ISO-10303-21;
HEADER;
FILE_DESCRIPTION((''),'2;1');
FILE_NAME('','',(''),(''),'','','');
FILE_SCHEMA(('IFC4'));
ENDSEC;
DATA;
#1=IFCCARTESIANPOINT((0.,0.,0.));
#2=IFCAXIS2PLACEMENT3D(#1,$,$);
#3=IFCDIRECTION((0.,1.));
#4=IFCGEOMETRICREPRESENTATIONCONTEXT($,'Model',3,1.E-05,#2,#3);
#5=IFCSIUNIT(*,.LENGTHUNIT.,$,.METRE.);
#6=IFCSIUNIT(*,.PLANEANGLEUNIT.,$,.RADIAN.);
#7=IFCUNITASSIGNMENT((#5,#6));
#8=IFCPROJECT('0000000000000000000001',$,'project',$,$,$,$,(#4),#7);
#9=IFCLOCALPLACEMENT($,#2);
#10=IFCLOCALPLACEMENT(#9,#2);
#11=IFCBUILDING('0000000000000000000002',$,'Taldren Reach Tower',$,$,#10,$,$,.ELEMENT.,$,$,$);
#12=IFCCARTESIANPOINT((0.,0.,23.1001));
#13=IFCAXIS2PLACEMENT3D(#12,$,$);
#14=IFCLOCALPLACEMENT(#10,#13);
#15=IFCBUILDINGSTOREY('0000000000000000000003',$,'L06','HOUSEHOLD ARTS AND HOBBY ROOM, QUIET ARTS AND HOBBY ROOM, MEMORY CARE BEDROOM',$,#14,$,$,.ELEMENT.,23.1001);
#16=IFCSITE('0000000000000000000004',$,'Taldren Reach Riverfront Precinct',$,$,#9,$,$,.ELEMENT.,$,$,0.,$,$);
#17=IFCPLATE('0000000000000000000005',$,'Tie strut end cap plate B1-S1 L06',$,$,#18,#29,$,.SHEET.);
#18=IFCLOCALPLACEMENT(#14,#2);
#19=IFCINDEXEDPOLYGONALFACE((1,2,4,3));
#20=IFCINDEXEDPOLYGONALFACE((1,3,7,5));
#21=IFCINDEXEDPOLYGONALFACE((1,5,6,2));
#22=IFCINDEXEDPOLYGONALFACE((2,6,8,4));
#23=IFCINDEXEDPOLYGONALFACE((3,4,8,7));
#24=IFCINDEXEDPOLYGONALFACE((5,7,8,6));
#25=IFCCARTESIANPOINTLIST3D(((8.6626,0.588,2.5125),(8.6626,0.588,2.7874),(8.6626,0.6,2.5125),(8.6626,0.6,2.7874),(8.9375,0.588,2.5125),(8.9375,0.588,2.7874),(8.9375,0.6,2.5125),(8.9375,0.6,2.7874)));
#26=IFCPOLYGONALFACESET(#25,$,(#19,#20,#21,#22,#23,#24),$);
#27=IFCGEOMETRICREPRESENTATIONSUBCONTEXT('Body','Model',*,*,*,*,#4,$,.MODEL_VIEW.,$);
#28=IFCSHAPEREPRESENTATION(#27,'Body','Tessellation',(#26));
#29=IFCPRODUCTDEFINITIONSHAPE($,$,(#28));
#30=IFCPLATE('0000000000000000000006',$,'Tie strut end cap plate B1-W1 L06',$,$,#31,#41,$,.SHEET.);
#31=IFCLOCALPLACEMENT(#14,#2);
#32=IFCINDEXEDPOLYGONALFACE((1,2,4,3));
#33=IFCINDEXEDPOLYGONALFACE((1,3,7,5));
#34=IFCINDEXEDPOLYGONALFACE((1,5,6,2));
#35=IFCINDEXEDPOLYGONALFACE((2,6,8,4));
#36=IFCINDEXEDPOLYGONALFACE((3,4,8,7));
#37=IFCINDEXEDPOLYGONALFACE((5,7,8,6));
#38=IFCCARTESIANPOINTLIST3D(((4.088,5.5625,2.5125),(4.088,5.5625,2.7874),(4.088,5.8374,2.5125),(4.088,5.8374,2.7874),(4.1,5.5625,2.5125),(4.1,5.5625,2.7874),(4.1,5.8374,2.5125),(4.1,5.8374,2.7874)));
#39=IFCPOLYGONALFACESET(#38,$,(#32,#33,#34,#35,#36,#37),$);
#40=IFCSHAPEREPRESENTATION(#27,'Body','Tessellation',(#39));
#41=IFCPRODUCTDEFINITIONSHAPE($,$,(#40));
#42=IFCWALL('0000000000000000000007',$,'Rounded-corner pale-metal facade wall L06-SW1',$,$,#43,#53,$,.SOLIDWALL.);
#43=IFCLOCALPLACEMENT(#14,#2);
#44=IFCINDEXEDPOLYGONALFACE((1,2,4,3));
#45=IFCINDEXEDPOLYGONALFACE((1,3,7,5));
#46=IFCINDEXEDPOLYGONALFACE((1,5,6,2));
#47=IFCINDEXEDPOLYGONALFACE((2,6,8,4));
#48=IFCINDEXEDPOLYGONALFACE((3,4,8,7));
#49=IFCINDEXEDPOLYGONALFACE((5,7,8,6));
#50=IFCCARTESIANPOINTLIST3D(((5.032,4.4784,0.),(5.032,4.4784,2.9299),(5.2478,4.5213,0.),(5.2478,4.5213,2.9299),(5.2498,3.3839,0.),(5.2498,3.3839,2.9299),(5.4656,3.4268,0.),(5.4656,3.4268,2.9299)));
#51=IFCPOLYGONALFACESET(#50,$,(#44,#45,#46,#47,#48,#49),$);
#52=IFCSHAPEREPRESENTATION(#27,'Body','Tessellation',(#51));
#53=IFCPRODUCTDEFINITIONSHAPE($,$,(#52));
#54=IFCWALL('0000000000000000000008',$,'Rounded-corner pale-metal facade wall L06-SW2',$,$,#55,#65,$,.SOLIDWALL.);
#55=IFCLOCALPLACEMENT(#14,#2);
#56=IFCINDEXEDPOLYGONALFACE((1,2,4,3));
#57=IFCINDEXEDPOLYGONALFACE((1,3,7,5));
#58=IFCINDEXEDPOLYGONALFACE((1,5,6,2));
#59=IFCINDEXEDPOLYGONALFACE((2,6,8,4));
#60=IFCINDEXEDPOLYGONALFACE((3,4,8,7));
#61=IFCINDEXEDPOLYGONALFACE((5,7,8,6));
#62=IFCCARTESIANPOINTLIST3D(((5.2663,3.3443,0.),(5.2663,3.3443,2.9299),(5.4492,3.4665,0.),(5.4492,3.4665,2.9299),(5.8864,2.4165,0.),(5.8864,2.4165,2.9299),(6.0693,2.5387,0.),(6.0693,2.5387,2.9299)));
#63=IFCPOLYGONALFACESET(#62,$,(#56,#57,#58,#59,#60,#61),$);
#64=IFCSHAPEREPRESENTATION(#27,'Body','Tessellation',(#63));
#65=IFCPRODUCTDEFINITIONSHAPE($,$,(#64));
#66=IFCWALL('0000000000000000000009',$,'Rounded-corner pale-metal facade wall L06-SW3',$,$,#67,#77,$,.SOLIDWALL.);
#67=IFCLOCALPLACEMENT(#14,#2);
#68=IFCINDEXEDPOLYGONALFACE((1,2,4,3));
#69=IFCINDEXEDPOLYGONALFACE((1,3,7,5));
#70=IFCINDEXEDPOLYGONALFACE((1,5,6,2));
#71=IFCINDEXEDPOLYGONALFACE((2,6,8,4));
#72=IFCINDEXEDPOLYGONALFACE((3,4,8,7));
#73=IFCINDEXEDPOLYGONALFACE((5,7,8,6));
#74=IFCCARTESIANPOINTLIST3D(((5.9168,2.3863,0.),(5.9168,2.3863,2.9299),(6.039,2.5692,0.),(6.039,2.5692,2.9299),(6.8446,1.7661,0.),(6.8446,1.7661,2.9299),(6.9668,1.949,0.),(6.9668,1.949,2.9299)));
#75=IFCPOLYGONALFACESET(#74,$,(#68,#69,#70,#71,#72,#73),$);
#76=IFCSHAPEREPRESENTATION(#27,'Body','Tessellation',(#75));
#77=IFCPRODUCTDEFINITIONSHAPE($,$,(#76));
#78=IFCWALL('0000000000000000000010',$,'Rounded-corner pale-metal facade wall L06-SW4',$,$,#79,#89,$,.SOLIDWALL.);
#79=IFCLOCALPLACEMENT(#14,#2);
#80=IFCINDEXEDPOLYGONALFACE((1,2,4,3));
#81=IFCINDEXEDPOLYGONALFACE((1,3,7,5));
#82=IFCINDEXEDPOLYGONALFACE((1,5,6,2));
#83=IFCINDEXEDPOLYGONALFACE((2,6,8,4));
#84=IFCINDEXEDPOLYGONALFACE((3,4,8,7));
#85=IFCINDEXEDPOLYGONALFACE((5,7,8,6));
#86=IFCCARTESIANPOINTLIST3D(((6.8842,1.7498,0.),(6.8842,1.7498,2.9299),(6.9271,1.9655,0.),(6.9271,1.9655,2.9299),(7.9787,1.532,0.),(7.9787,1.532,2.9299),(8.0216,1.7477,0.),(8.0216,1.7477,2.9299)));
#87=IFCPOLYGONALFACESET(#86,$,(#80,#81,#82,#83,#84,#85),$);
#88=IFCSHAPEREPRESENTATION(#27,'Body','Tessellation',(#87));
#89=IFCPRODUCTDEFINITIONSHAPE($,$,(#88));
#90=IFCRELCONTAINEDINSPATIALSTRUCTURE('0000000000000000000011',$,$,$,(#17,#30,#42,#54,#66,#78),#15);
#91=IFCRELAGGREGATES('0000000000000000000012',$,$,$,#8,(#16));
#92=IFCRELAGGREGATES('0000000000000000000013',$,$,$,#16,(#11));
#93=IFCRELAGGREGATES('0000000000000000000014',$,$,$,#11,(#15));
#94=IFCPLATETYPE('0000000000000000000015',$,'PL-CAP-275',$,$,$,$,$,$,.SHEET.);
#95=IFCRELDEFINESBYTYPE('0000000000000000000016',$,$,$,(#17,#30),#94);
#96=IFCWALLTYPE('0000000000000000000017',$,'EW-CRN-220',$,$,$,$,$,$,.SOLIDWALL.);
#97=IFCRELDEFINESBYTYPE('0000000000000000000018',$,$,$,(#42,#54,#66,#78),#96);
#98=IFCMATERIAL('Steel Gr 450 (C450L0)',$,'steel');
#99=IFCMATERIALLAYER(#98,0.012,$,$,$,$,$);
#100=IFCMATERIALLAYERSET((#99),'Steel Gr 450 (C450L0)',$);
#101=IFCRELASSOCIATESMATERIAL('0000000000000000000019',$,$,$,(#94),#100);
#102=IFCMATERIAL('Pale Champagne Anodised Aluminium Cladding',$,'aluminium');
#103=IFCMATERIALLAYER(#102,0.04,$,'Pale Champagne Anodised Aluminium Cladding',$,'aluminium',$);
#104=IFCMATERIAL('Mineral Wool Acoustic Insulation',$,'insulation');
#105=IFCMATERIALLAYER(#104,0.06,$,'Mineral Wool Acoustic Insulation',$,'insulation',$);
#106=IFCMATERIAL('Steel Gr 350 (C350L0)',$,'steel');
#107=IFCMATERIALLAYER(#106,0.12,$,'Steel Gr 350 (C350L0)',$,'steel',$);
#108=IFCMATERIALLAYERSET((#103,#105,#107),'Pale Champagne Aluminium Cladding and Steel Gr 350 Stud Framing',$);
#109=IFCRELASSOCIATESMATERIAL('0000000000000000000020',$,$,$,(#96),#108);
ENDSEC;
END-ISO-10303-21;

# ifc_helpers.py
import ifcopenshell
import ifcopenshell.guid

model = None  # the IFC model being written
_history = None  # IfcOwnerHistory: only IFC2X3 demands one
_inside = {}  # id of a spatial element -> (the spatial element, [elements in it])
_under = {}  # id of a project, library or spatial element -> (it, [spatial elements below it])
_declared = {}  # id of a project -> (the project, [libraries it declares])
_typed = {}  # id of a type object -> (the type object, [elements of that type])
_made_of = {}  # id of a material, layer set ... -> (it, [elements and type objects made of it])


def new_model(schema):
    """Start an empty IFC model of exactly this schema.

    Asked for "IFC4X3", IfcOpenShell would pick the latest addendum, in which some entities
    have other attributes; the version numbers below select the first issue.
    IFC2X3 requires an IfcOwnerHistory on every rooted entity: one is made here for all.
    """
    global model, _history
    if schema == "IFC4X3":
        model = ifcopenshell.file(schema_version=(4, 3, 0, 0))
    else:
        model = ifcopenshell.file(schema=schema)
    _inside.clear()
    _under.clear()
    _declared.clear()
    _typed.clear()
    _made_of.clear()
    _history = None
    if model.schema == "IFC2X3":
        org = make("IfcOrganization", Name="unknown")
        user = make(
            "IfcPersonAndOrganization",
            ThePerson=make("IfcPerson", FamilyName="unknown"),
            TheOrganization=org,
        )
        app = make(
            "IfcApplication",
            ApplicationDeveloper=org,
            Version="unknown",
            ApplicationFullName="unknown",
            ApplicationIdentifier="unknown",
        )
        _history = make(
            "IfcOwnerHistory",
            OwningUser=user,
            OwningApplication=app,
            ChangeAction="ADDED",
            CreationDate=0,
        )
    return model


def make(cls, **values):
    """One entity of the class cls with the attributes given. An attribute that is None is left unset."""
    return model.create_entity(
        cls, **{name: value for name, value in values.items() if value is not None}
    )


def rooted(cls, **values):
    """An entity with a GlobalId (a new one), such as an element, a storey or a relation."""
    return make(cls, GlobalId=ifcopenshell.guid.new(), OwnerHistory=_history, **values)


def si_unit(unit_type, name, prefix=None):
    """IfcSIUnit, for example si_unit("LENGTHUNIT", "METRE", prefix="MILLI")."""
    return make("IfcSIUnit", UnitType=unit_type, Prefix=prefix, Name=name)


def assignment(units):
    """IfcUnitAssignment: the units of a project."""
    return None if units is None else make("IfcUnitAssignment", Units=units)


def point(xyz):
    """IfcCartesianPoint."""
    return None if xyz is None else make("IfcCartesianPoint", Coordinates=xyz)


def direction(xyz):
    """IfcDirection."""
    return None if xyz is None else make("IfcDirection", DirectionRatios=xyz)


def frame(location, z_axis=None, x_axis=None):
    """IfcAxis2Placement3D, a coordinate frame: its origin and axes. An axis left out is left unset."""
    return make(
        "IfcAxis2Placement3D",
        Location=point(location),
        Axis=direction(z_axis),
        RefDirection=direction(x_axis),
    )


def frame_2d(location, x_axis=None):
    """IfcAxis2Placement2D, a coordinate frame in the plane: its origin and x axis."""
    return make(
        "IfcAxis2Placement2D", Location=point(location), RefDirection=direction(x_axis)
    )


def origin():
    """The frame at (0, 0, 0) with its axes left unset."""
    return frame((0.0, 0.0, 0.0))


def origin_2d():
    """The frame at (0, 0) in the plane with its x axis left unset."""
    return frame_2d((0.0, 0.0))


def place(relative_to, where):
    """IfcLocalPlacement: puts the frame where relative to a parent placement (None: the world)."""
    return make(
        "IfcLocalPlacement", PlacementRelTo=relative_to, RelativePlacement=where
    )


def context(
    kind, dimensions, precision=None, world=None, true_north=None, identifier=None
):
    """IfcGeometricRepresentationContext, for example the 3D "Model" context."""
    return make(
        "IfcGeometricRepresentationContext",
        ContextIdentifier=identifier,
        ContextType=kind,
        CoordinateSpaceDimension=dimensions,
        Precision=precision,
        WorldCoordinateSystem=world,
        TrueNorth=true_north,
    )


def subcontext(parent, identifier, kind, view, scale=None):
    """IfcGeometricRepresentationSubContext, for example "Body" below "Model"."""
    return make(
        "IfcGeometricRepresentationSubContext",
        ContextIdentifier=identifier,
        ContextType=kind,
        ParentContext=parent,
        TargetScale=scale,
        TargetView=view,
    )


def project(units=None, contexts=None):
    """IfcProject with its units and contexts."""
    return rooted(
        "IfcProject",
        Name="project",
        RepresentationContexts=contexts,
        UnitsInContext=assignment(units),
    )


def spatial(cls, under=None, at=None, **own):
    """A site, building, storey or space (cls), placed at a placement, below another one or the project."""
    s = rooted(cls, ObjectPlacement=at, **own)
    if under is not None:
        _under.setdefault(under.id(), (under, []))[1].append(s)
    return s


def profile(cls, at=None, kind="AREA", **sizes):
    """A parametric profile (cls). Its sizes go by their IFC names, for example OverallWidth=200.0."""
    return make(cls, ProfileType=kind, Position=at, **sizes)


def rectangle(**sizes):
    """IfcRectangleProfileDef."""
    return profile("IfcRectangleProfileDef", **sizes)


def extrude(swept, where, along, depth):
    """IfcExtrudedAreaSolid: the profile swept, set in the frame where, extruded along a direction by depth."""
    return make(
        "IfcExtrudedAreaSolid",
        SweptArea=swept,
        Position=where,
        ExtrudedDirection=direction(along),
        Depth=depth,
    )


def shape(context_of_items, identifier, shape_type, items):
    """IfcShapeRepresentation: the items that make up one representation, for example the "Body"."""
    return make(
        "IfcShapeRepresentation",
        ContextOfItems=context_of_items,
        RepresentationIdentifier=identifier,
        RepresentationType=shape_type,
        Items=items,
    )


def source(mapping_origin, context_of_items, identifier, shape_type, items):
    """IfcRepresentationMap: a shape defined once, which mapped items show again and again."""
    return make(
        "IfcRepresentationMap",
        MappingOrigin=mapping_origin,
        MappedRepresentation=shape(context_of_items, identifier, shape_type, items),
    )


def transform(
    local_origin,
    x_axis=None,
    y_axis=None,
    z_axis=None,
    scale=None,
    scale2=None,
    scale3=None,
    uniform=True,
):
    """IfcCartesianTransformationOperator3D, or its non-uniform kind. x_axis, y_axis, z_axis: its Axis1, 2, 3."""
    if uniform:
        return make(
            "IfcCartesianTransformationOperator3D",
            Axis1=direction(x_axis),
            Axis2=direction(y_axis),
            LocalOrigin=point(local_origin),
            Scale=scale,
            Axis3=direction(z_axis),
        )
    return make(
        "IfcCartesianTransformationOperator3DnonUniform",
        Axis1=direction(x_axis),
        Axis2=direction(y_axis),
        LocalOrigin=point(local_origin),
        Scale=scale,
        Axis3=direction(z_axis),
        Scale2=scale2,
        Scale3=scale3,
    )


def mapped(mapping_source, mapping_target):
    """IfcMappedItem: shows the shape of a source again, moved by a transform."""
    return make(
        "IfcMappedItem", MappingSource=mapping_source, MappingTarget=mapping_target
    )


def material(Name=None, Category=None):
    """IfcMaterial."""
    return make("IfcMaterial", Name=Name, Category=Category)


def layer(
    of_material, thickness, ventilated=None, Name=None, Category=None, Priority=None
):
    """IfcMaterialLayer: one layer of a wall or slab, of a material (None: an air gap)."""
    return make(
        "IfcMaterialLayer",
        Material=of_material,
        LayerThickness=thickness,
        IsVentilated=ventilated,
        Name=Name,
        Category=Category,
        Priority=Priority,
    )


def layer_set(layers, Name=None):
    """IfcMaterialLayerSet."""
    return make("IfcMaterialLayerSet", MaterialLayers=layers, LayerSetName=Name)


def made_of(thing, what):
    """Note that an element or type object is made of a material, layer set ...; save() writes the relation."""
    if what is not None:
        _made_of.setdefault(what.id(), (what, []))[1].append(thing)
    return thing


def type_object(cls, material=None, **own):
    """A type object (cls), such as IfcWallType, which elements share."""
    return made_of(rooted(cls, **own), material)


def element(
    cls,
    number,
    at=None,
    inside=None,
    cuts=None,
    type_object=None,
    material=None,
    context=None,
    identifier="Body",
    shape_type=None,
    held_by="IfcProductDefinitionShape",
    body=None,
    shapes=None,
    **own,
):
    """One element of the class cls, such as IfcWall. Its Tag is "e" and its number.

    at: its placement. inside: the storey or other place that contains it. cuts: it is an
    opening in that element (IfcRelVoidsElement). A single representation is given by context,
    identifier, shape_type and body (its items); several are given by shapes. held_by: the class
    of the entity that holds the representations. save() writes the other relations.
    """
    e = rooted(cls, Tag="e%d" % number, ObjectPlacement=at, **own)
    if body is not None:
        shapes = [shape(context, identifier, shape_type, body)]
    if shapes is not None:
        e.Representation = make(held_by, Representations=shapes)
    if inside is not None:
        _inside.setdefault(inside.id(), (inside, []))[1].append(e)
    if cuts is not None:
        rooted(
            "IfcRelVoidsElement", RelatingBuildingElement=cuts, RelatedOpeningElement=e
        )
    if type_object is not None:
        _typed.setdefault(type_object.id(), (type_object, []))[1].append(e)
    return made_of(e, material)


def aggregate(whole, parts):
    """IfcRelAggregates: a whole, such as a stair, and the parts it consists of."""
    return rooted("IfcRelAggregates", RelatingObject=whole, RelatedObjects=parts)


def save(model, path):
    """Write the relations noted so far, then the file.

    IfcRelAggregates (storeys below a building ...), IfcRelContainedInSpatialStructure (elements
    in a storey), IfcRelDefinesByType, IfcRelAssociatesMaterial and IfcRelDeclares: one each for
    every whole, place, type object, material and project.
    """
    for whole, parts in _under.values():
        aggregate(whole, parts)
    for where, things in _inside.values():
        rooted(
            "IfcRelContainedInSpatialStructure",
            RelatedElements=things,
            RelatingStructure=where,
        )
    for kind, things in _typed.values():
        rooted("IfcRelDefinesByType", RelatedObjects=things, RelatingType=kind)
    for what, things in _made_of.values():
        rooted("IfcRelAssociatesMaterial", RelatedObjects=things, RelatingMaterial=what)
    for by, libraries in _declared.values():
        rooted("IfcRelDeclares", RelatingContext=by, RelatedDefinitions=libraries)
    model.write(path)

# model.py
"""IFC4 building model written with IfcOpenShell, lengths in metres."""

from ifc_helpers import new_model, si_unit, direction, frame, frame_2d, origin, origin_2d, place, context, subcontext, project, spatial, rectangle, extrude, source, transform, mapped, material, layer, layer_set, type_object, element, save


model = new_model("IFC4")

# Units and contexts
model_context = context("Model", 3, precision=1e-05, world=origin(), true_north=direction((0.0, 1.0)))
body_context = subcontext(model_context, "Body", "Model", "MODEL_VIEW")
ifc_project = project(units=[si_unit("LENGTHUNIT", "METRE"), si_unit("PLANEANGLEUNIT", "RADIAN")], contexts=[model_context])

# Site, building, storey
site_placement = place(None, origin())
site = spatial("IfcSite", under=ifc_project, at=site_placement, Name="Taldren Reach Riverfront Precinct", CompositionType="ELEMENT", RefElevation=0.0)
building_placement = place(site_placement, origin())
building = spatial("IfcBuilding", under=site, at=building_placement, Name="Taldren Reach Tower", CompositionType="ELEMENT")
storey_placement = place(building_placement, frame((0.0, 0.0, 23.1001)))
storey = spatial("IfcBuildingStorey", under=building, at=storey_placement, Name="L06", Description="HOUSEHOLD ARTS AND HOBBY ROOM, QUIET ARTS AND HOBBY ROOM, MEMORY CARE BEDROOM", CompositionType="ELEMENT", Elevation=23.1001)

# Shared definitions
ifc_material_1 = material(Name="Steel Gr 450 (C450L0)", Category="steel")
ifc_material_2 = material(Name="Steel Gr 350 (C350L0)", Category="steel")

# Plates
ifc_layer_1 = layer(ifc_material_1, 0.012)
ifc_layer_set_1 = layer_set([ifc_layer_1], Name="Steel Gr 450 (C450L0)")
plate_type = type_object("IfcPlateType", Name="PL-CAP-275", PredefinedType="SHEET", material=ifc_layer_set_1)
shared_shape_1 = source(origin(), body_context, "Body", "SweptSolid", [
    extrude(rectangle(XDim=0.2749, YDim=0.012, at=origin_2d()), origin(), (0.0, 0.0, 1.0), 0.2749),
])
plate_1_placement = place(storey_placement, frame((8.8, 0.594, 2.5125), z_axis=(0.0, 0.0, 1.0), x_axis=(1.0, 0.0, 0.0)))
element("IfcPlate", 1, at=plate_1_placement, inside=storey, type_object=plate_type, Name="Tie strut end cap plate B1-S1 L06", PredefinedType="SHEET", context=body_context, shape_type="MappedRepresentation", body=[
    mapped(shared_shape_1, transform((0.0, 0.0, 0.0), scale=1.0)),
])
shared_shape_2 = source(origin(), body_context, "Body", "SweptSolid", [
    extrude(rectangle(XDim=0.012, YDim=0.2749, at=origin_2d()), origin(), (0.0, 0.0, 1.0), 0.2749),
])
plate_2_placement = place(storey_placement, frame((4.094, 5.7, 2.5125), z_axis=(0.0, 0.0, 1.0), x_axis=(1.0, 0.0, 0.0)))
element("IfcPlate", 2, at=plate_2_placement, inside=storey, type_object=plate_type, Name="Tie strut end cap plate B1-W1 L06", PredefinedType="SHEET", context=body_context, shape_type="MappedRepresentation", body=[
    mapped(shared_shape_2, transform((0.0, 0.0, 0.0), scale=1.0)),
])

# Walls
ifc_material_3 = material(Name="Pale Champagne Anodised Aluminium Cladding", Category="aluminium")
ifc_layer_2 = layer(ifc_material_3, 0.04, Name="Pale Champagne Anodised Aluminium Cladding", Category="aluminium")
ifc_material_4 = material(Name="Mineral Wool Acoustic Insulation", Category="insulation")
ifc_layer_3 = layer(ifc_material_4, 0.06, Name="Mineral Wool Acoustic Insulation", Category="insulation")
ifc_layer_4 = layer(ifc_material_2, 0.12, Name="Steel Gr 350 (C350L0)", Category="steel")
ifc_layer_set_2 = layer_set([ifc_layer_2, ifc_layer_3, ifc_layer_4], Name="Pale Champagne Aluminium Cladding and Steel Gr 350 Stud Framing")
wall_type = type_object("IfcWallType", Name="EW-CRN-220", PredefinedType="SOLIDWALL", material=ifc_layer_set_2)
shared_shape_3 = source(origin(), body_context, "Body", "SweptSolid", [
    extrude(rectangle(XDim=1.116, YDim=0.22, at=frame_2d((0.5581, 0.0))), origin(), (0.0, 0.0, 1.0), 2.9299),
])
for number, where, z_axis, x_axis, name in (
    (3, (5.1399, 4.5, 0.0), (0.0, 0.0, 1.0), (0.195148, -0.980774, 0.0), "Rounded-corner pale-metal facade wall L06-SW1"),
    (4, (5.3577, 3.4055, 0.0), (0.0, 0.0, 1.0), (0.55571, -0.831377, 0.0), "Rounded-corner pale-metal facade wall L06-SW2"),
    (5, (5.9778, 2.4778, 0.0), (0.0, 0.0, 1.0), (0.831377, -0.55571, 0.0), "Rounded-corner pale-metal facade wall L06-SW3"),
    (6, (6.9055, 1.8577, 0.0), (0.0, 0.0, 1.0), (0.980774, -0.195148, 0.0), "Rounded-corner pale-metal facade wall L06-SW4"),
):
    element("IfcWall", number, at=place(storey_placement, frame(where, z_axis=z_axis, x_axis=x_axis)), inside=storey, type_object=wall_type, Name=name, PredefinedType="SOLIDWALL", context=body_context, shape_type="MappedRepresentation", body=[
        mapped(shared_shape_3, transform((0.0, 0.0, 0.0), scale=1.0)),
    ])

save(model, "model.ifc")
